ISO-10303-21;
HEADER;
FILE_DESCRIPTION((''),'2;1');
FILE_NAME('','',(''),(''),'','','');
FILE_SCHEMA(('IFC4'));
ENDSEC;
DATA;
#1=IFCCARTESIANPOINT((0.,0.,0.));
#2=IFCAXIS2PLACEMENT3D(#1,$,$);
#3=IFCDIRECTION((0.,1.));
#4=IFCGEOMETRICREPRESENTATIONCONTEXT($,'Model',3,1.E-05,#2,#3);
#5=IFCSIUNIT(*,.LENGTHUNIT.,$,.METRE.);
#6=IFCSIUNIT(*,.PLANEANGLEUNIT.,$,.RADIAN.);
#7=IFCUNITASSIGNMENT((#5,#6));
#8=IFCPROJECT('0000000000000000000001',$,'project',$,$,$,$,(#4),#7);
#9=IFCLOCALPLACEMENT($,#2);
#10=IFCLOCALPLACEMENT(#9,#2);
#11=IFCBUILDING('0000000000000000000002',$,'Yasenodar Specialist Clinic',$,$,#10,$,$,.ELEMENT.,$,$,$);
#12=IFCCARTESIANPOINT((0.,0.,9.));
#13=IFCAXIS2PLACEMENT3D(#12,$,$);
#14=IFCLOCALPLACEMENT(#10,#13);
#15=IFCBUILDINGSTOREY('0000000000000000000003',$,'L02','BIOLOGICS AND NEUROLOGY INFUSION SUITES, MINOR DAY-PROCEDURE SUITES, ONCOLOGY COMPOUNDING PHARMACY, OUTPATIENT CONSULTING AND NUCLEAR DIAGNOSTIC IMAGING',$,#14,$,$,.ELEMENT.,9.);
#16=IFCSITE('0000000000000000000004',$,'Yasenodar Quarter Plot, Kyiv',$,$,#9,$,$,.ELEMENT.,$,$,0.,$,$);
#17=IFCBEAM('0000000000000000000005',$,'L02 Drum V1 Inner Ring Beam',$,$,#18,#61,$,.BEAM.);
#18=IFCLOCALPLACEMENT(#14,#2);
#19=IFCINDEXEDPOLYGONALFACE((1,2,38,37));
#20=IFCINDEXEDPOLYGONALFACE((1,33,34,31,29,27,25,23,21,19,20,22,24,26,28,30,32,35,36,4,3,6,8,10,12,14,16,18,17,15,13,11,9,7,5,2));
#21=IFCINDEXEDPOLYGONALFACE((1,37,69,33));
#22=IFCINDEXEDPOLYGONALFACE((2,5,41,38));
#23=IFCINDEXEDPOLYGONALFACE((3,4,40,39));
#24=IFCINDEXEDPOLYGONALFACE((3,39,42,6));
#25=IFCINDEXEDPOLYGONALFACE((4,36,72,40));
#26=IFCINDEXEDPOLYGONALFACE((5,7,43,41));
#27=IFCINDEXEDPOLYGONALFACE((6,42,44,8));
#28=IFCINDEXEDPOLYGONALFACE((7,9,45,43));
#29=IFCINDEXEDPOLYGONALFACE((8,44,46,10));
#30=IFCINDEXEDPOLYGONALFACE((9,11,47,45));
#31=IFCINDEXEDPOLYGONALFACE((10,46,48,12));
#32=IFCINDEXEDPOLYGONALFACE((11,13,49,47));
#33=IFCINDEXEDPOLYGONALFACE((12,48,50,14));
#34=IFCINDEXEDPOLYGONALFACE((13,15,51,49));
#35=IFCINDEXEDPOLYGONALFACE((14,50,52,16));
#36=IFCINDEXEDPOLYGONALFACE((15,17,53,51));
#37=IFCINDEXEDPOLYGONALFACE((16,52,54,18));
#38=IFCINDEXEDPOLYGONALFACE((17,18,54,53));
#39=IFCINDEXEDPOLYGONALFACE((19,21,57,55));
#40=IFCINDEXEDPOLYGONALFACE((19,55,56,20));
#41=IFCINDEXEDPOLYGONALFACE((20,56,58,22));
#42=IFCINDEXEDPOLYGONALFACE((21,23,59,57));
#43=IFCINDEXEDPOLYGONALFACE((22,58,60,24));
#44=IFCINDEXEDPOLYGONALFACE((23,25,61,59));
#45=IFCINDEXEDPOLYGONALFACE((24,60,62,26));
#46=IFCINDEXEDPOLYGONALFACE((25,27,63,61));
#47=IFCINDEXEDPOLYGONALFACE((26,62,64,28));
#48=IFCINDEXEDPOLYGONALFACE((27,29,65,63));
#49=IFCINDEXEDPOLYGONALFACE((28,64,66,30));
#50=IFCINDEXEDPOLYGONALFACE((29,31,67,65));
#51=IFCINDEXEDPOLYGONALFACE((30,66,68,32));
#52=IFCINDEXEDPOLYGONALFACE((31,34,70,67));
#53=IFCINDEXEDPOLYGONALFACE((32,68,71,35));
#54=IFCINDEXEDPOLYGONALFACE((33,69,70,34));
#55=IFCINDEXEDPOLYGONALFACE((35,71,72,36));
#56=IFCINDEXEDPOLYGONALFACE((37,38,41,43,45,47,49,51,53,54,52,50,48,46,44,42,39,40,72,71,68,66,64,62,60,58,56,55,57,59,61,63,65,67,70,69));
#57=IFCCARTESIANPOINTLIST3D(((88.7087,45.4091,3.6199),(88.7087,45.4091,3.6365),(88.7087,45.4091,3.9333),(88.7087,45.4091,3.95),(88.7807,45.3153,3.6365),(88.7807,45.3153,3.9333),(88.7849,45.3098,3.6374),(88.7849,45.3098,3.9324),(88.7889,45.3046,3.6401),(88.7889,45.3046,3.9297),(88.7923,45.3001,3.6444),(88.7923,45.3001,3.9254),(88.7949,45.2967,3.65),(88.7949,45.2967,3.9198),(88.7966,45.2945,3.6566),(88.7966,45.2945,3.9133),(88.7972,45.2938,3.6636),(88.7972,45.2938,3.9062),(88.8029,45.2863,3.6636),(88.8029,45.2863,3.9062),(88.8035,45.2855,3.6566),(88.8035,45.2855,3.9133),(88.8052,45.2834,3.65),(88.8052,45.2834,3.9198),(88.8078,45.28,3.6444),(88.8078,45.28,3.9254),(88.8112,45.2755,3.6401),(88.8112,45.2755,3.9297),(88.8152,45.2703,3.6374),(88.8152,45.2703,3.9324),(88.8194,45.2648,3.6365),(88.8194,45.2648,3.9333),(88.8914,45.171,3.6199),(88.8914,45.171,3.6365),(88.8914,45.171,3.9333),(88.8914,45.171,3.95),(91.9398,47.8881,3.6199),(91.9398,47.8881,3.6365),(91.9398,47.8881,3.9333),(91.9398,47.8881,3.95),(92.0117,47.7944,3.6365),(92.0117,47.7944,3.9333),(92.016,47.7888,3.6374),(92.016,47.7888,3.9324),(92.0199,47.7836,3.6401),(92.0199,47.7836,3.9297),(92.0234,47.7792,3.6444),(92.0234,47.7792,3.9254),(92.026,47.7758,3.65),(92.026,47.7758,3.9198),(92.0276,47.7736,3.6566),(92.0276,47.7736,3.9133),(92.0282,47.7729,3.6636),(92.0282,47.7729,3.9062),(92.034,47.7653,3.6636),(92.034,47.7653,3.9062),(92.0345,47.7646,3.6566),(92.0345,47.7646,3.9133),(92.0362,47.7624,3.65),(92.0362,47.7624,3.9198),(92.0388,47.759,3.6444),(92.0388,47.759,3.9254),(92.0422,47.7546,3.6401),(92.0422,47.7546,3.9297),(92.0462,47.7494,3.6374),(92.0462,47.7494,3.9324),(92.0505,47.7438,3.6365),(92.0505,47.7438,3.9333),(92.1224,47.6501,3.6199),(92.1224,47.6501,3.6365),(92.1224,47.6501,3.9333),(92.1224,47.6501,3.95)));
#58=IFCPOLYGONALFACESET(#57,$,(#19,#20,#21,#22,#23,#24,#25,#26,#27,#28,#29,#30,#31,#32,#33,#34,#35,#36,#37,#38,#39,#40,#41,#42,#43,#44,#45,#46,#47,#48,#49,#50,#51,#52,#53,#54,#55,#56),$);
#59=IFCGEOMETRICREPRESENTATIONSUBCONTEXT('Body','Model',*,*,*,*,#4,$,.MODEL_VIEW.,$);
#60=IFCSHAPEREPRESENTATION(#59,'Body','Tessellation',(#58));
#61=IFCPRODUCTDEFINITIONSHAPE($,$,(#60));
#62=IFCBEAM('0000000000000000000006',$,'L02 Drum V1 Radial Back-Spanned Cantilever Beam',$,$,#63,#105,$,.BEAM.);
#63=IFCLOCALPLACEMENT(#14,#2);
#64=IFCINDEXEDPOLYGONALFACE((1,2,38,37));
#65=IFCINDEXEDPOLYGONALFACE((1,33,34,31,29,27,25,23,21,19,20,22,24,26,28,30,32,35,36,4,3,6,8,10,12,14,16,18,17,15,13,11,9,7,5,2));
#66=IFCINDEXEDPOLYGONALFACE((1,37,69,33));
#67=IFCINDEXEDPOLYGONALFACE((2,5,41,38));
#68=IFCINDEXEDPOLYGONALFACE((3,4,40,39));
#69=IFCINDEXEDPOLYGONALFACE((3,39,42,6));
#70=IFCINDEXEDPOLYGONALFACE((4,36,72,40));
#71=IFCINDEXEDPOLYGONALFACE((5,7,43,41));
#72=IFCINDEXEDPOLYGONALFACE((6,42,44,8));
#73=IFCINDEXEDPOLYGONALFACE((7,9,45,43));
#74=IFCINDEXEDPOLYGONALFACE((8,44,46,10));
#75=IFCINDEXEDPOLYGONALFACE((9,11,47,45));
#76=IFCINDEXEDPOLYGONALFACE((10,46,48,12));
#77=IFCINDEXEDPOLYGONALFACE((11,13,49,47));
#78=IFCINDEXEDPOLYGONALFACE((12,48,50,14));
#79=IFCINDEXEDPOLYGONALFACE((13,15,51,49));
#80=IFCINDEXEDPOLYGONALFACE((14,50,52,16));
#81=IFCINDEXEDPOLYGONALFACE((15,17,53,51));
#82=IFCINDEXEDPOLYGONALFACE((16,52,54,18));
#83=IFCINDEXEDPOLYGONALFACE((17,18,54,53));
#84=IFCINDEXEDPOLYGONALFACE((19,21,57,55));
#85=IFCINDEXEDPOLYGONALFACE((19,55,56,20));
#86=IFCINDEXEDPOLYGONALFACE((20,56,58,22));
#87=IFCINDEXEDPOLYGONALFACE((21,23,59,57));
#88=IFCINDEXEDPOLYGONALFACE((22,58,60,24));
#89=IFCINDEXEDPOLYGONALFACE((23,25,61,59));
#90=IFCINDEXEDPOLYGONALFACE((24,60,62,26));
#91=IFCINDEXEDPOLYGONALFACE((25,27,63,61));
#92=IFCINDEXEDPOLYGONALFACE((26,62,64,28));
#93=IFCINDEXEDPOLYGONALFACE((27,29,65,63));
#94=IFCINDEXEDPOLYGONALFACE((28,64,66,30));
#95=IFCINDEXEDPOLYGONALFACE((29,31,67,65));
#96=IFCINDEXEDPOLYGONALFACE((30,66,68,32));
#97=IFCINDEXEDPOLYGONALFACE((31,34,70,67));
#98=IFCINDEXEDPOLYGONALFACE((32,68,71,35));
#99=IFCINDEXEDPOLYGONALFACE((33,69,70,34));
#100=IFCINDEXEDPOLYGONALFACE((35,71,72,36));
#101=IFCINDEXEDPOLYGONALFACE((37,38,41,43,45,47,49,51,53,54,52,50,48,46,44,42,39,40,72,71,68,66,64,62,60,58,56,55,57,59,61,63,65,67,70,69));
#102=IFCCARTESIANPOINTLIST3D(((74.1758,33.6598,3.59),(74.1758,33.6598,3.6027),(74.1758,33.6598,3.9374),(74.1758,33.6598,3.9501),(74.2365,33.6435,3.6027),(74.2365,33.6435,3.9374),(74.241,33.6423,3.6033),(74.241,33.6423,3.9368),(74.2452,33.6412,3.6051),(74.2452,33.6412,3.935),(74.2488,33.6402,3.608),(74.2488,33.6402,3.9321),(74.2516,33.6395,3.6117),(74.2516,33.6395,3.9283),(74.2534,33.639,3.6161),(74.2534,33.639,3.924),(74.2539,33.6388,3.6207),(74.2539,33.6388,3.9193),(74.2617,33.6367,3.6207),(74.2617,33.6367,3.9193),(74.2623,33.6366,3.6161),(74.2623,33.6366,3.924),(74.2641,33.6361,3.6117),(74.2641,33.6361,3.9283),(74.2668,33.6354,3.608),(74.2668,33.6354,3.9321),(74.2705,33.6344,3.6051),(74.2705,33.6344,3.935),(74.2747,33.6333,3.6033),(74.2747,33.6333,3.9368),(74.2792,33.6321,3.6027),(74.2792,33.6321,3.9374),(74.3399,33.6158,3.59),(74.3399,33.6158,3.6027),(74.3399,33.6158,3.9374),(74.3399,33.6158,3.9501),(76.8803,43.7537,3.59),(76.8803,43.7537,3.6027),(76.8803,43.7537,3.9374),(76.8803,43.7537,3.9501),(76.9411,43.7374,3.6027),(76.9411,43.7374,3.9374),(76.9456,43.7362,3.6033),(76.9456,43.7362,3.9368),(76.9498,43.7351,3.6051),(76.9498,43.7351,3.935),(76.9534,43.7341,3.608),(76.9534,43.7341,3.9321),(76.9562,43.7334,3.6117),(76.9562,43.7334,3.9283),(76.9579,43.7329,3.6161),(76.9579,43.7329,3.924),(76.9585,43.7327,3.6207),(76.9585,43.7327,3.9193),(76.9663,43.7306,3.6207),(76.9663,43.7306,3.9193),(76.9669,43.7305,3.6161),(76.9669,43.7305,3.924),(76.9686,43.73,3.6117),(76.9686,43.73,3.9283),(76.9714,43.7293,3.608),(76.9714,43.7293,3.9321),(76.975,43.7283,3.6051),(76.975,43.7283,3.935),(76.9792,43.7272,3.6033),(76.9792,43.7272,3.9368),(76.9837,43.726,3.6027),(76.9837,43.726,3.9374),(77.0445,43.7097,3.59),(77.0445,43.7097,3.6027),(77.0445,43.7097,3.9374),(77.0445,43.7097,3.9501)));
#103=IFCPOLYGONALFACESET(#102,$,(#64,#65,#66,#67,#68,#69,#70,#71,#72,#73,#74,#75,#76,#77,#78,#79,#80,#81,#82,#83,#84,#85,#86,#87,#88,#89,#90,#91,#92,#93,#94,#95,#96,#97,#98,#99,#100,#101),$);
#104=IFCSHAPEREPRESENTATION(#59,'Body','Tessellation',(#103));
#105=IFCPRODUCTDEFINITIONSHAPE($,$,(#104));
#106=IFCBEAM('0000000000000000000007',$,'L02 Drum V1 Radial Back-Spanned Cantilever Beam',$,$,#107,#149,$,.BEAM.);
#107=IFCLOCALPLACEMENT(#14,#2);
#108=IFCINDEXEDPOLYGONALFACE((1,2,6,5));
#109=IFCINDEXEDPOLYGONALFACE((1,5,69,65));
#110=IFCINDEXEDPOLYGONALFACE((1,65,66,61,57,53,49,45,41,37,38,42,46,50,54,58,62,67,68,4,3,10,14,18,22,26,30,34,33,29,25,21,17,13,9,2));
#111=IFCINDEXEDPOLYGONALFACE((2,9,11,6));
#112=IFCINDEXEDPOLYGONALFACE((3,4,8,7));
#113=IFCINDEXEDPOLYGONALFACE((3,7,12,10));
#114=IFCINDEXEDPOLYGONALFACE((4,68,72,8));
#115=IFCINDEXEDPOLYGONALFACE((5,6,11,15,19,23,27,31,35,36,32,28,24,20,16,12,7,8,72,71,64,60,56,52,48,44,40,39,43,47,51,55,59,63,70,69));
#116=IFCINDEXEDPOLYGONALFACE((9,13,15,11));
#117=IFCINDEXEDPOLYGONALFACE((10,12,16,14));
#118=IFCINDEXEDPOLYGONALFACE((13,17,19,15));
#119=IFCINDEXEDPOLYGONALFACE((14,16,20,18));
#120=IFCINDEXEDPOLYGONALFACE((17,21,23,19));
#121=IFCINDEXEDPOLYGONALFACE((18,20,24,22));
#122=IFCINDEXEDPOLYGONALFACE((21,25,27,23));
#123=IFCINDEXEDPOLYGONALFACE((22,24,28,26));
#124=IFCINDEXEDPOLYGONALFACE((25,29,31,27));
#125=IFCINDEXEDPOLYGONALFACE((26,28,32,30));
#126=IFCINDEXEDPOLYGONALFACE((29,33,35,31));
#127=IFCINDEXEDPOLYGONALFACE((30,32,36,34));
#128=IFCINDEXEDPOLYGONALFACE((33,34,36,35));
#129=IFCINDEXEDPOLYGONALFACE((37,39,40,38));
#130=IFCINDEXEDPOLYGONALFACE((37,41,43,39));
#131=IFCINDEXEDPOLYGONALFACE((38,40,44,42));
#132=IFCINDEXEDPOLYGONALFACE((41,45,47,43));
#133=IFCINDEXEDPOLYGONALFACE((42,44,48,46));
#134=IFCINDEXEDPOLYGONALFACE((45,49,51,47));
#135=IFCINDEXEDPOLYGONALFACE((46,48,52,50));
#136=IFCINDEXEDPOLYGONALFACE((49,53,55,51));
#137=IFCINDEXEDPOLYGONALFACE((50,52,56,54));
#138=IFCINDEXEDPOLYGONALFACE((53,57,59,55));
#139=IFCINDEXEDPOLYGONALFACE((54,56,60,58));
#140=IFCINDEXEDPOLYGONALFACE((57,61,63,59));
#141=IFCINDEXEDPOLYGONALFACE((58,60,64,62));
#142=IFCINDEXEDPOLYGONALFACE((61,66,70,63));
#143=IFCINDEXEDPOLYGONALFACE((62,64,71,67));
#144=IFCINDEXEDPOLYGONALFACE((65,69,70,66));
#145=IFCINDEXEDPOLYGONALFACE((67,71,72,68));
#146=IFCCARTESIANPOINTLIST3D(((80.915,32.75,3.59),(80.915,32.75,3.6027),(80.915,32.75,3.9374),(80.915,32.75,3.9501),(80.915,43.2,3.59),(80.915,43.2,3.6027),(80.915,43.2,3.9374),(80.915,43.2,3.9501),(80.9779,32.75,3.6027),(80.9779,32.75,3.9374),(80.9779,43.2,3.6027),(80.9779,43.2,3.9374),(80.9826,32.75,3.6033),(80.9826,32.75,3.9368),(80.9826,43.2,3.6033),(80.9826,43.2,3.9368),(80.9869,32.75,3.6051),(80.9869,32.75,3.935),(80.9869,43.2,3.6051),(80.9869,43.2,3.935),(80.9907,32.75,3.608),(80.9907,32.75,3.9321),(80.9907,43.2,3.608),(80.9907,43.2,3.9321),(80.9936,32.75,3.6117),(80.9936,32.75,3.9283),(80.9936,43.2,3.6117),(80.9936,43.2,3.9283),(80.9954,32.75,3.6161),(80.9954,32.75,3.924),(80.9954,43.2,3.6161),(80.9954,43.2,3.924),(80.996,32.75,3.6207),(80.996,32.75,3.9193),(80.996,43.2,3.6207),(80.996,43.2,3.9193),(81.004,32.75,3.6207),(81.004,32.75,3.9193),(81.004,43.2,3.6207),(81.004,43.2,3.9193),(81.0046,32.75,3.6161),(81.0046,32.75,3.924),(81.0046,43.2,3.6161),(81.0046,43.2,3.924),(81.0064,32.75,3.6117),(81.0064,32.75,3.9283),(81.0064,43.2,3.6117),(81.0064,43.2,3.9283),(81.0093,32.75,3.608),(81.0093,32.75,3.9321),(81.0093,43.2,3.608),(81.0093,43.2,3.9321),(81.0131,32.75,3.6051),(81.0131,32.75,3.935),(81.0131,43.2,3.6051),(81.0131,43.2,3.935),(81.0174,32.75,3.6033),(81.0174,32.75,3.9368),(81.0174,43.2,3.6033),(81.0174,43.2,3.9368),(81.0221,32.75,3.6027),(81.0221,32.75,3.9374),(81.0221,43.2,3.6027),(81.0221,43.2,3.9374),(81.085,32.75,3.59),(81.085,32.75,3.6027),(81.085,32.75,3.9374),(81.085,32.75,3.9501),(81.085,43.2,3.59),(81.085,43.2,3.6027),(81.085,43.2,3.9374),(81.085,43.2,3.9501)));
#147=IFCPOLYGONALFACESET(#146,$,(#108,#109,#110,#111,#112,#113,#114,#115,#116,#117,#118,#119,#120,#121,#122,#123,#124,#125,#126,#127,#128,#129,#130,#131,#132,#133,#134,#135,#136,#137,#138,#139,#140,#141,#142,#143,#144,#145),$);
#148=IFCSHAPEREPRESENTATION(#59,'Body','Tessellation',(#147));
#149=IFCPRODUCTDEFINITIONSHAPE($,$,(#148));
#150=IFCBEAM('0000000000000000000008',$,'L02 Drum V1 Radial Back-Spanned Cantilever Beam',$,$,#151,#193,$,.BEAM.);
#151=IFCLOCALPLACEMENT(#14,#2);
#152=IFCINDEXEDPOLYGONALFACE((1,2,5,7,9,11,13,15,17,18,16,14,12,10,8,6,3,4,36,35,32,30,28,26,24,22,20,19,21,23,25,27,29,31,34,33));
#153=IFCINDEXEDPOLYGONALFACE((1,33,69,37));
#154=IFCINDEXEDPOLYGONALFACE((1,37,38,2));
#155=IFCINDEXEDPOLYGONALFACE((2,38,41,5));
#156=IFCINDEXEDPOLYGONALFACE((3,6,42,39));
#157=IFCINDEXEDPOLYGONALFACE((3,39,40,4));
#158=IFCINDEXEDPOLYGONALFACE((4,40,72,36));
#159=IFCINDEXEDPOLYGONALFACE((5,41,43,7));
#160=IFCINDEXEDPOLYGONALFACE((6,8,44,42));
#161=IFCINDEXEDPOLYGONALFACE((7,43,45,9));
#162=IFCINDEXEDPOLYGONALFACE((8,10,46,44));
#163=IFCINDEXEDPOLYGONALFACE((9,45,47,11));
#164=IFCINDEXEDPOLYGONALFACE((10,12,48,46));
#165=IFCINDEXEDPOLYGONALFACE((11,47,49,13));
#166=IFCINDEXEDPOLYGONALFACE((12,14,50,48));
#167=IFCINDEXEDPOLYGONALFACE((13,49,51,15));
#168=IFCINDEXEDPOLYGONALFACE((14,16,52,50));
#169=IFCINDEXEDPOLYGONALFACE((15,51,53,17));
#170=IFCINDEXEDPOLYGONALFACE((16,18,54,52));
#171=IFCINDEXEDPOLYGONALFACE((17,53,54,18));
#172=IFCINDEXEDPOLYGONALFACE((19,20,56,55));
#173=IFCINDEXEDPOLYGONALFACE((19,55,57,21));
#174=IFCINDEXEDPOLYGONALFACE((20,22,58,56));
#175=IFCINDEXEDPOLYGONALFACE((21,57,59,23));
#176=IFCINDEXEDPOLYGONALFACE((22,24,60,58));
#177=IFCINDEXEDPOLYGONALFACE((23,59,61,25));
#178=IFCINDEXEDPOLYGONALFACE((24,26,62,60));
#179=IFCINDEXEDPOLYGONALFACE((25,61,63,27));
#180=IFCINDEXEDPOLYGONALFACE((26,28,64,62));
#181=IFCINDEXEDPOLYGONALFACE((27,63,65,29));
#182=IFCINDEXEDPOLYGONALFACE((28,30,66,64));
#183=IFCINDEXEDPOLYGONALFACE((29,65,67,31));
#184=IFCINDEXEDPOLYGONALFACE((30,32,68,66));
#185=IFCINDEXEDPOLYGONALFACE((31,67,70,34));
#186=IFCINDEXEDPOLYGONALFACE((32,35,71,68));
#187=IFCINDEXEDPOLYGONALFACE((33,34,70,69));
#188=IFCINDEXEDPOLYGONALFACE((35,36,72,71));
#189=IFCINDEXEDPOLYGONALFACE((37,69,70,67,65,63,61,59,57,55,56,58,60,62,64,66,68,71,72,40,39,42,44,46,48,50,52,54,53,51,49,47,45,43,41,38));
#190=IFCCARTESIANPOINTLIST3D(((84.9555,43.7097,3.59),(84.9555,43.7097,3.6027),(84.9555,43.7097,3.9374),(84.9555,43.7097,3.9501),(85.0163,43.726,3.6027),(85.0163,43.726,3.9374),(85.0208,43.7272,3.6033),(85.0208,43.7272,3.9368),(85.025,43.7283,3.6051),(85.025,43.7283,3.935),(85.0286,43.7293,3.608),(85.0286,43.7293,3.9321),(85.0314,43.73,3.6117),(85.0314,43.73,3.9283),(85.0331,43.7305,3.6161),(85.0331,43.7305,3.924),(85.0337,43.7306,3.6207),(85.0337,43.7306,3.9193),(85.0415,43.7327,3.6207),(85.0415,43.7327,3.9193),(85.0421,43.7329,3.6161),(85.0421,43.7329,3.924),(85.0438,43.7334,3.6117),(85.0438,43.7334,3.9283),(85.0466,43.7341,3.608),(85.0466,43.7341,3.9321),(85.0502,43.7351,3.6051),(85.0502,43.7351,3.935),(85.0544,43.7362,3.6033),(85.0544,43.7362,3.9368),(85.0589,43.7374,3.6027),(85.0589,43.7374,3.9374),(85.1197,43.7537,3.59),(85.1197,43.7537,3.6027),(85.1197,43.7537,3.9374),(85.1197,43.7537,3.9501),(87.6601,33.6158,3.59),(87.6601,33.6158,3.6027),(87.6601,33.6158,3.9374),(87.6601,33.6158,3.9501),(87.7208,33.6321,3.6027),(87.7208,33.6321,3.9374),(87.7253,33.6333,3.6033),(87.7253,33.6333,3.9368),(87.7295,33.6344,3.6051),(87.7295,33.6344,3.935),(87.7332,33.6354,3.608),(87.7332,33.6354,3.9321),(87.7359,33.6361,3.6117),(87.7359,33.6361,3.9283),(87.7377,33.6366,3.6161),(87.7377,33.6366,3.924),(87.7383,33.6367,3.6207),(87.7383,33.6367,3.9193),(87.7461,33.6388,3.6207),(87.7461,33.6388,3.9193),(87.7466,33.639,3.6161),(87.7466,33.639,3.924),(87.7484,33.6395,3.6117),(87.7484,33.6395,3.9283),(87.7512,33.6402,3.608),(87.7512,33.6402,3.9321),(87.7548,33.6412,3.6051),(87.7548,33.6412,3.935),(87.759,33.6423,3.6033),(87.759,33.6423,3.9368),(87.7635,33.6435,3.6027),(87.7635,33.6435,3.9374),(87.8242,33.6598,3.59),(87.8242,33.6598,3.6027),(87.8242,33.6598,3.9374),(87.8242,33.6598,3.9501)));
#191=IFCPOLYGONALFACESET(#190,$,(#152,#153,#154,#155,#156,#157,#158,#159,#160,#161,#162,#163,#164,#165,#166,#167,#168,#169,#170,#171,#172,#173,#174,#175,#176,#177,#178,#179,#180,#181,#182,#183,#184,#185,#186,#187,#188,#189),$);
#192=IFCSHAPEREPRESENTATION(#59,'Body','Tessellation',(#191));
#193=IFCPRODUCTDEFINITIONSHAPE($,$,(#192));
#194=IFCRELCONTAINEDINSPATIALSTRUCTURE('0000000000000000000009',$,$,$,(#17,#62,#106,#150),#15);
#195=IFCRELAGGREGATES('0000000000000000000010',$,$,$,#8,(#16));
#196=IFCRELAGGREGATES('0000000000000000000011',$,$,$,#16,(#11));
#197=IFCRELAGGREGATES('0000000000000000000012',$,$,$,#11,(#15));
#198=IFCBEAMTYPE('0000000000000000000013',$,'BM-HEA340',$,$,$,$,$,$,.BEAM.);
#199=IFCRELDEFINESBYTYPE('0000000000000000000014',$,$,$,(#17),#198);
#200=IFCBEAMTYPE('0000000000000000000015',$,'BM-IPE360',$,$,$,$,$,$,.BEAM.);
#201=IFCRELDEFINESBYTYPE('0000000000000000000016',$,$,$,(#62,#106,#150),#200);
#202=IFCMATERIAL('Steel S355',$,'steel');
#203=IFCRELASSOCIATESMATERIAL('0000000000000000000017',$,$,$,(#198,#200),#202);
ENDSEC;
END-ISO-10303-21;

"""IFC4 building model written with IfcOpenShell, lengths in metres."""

from ifc_helpers import new_model, si_unit, direction, frame, origin, origin_2d, place, context, subcontext, project, spatial, i_section, extrude, material, material_profile, profile_set, type_object, element, save


model = new_model("IFC4")

# Units and contexts
model_context = context("Model", 3, precision=1e-05, world=origin(), true_north=direction((0.0, 1.0)))
body_context = subcontext(model_context, "Body", "Model", "MODEL_VIEW")
ifc_project = project(units=[si_unit("LENGTHUNIT", "METRE"), si_unit("PLANEANGLEUNIT", "RADIAN")], contexts=[model_context])

# Site, building, storey
site_placement = place(None, origin())
site = spatial("IfcSite", under=ifc_project, at=site_placement, Name="Yasenodar Quarter Plot, Kyiv", CompositionType="ELEMENT", RefElevation=0.0)
building_placement = place(site_placement, origin())
building = spatial("IfcBuilding", under=site, at=building_placement, Name="Yasenodar Specialist Clinic", CompositionType="ELEMENT")
storey_placement = place(building_placement, frame((0.0, 0.0, 9.0)))
storey = spatial("IfcBuildingStorey", under=building, at=storey_placement, Name="L02", Description="BIOLOGICS AND NEUROLOGY INFUSION SUITES, MINOR DAY-PROCEDURE SUITES, ONCOLOGY COMPOUNDING PHARMACY, OUTPATIENT CONSULTING AND NUCLEAR DIAGNOSTIC IMAGING", CompositionType="ELEMENT", Elevation=9.0)

# Shared definitions
ifc_material_1 = material(Name="Steel S355", Category="steel")

# Beams
ifc_material_profile_1 = material_profile(ifc_material_1, i_section(OverallWidth=0.3, OverallDepth=0.3301, WebThickness=0.0095, FlangeThickness=0.0166, FilletRadius=0.0271, at=origin_2d()), Name="HEA 340")
ifc_profile_set_1 = profile_set([ifc_material_profile_1], Name="Steel S355")
beam_type_1 = type_object("IfcBeamType", Name="BM-HEA340", PredefinedType="BEAM", material=ifc_profile_set_1)
for number, where, z_axis, x_axis, name in (
    (1, (88.8, 45.29, 3.7849), (0.793377, 0.608731, 0.0), (-0.608731, 0.793377, 0.0), "L02 Drum V1 Inner Ring Beam"),
):
    element("IfcBeam", number, at=place(storey_placement, frame(where, z_axis=z_axis, x_axis=x_axis)), inside=storey, type_object=beam_type_1, Name=name, PredefinedType="BEAM", context=body_context, shape_type="SweptSolid", body=[
        extrude(i_section(OverallWidth=0.3, OverallDepth=0.3301, WebThickness=0.0095, FlangeThickness=0.0166, FilletRadius=0.0271, at=origin_2d()), origin(), (0.0, 0.0, 1.0), 4.0725),
    ])
ifc_material_profile_2 = material_profile(ifc_material_1, i_section(OverallWidth=0.1699, OverallDepth=0.3601, WebThickness=0.0081, FlangeThickness=0.0127, FilletRadius=0.0181, at=origin_2d()), Name="IPE 360")
ifc_profile_set_2 = profile_set([ifc_material_profile_2], Name="Steel S355")
beam_type_2 = type_object("IfcBeamType", Name="BM-IPE360", PredefinedType="BEAM", material=ifc_profile_set_2)
for number, where, z_axis, x_axis, name in (
    (2, (76.9624, 43.7317, 3.77), (-0.258811, -0.965928, 0.0), (0.965928, -0.258811, 0.0), "L02 Drum V1 Radial Back-Spanned Cantilever Beam"),
    (3, (81.0, 43.2, 3.77), (0.0, -1.0, 0.0), (1.0, 0.0, 0.0), "L02 Drum V1 Radial Back-Spanned Cantilever Beam"),
    (4, (85.0376, 43.7317, 3.77), (0.258811, -0.965928, 0.0), (0.965928, 0.258811, 0.0), "L02 Drum V1 Radial Back-Spanned Cantilever Beam"),
):
    element("IfcBeam", number, at=place(storey_placement, frame(where, z_axis=z_axis, x_axis=x_axis)), inside=storey, type_object=beam_type_2, Name=name, PredefinedType="BEAM", context=body_context, shape_type="SweptSolid", body=[
        extrude(i_section(OverallWidth=0.1699, OverallDepth=0.3601, WebThickness=0.0081, FlangeThickness=0.0127, FilletRadius=0.0181, at=origin_2d()), origin(), (0.0, 0.0, 1.0), 10.45),
    ])

save(model, "model.ifc")
